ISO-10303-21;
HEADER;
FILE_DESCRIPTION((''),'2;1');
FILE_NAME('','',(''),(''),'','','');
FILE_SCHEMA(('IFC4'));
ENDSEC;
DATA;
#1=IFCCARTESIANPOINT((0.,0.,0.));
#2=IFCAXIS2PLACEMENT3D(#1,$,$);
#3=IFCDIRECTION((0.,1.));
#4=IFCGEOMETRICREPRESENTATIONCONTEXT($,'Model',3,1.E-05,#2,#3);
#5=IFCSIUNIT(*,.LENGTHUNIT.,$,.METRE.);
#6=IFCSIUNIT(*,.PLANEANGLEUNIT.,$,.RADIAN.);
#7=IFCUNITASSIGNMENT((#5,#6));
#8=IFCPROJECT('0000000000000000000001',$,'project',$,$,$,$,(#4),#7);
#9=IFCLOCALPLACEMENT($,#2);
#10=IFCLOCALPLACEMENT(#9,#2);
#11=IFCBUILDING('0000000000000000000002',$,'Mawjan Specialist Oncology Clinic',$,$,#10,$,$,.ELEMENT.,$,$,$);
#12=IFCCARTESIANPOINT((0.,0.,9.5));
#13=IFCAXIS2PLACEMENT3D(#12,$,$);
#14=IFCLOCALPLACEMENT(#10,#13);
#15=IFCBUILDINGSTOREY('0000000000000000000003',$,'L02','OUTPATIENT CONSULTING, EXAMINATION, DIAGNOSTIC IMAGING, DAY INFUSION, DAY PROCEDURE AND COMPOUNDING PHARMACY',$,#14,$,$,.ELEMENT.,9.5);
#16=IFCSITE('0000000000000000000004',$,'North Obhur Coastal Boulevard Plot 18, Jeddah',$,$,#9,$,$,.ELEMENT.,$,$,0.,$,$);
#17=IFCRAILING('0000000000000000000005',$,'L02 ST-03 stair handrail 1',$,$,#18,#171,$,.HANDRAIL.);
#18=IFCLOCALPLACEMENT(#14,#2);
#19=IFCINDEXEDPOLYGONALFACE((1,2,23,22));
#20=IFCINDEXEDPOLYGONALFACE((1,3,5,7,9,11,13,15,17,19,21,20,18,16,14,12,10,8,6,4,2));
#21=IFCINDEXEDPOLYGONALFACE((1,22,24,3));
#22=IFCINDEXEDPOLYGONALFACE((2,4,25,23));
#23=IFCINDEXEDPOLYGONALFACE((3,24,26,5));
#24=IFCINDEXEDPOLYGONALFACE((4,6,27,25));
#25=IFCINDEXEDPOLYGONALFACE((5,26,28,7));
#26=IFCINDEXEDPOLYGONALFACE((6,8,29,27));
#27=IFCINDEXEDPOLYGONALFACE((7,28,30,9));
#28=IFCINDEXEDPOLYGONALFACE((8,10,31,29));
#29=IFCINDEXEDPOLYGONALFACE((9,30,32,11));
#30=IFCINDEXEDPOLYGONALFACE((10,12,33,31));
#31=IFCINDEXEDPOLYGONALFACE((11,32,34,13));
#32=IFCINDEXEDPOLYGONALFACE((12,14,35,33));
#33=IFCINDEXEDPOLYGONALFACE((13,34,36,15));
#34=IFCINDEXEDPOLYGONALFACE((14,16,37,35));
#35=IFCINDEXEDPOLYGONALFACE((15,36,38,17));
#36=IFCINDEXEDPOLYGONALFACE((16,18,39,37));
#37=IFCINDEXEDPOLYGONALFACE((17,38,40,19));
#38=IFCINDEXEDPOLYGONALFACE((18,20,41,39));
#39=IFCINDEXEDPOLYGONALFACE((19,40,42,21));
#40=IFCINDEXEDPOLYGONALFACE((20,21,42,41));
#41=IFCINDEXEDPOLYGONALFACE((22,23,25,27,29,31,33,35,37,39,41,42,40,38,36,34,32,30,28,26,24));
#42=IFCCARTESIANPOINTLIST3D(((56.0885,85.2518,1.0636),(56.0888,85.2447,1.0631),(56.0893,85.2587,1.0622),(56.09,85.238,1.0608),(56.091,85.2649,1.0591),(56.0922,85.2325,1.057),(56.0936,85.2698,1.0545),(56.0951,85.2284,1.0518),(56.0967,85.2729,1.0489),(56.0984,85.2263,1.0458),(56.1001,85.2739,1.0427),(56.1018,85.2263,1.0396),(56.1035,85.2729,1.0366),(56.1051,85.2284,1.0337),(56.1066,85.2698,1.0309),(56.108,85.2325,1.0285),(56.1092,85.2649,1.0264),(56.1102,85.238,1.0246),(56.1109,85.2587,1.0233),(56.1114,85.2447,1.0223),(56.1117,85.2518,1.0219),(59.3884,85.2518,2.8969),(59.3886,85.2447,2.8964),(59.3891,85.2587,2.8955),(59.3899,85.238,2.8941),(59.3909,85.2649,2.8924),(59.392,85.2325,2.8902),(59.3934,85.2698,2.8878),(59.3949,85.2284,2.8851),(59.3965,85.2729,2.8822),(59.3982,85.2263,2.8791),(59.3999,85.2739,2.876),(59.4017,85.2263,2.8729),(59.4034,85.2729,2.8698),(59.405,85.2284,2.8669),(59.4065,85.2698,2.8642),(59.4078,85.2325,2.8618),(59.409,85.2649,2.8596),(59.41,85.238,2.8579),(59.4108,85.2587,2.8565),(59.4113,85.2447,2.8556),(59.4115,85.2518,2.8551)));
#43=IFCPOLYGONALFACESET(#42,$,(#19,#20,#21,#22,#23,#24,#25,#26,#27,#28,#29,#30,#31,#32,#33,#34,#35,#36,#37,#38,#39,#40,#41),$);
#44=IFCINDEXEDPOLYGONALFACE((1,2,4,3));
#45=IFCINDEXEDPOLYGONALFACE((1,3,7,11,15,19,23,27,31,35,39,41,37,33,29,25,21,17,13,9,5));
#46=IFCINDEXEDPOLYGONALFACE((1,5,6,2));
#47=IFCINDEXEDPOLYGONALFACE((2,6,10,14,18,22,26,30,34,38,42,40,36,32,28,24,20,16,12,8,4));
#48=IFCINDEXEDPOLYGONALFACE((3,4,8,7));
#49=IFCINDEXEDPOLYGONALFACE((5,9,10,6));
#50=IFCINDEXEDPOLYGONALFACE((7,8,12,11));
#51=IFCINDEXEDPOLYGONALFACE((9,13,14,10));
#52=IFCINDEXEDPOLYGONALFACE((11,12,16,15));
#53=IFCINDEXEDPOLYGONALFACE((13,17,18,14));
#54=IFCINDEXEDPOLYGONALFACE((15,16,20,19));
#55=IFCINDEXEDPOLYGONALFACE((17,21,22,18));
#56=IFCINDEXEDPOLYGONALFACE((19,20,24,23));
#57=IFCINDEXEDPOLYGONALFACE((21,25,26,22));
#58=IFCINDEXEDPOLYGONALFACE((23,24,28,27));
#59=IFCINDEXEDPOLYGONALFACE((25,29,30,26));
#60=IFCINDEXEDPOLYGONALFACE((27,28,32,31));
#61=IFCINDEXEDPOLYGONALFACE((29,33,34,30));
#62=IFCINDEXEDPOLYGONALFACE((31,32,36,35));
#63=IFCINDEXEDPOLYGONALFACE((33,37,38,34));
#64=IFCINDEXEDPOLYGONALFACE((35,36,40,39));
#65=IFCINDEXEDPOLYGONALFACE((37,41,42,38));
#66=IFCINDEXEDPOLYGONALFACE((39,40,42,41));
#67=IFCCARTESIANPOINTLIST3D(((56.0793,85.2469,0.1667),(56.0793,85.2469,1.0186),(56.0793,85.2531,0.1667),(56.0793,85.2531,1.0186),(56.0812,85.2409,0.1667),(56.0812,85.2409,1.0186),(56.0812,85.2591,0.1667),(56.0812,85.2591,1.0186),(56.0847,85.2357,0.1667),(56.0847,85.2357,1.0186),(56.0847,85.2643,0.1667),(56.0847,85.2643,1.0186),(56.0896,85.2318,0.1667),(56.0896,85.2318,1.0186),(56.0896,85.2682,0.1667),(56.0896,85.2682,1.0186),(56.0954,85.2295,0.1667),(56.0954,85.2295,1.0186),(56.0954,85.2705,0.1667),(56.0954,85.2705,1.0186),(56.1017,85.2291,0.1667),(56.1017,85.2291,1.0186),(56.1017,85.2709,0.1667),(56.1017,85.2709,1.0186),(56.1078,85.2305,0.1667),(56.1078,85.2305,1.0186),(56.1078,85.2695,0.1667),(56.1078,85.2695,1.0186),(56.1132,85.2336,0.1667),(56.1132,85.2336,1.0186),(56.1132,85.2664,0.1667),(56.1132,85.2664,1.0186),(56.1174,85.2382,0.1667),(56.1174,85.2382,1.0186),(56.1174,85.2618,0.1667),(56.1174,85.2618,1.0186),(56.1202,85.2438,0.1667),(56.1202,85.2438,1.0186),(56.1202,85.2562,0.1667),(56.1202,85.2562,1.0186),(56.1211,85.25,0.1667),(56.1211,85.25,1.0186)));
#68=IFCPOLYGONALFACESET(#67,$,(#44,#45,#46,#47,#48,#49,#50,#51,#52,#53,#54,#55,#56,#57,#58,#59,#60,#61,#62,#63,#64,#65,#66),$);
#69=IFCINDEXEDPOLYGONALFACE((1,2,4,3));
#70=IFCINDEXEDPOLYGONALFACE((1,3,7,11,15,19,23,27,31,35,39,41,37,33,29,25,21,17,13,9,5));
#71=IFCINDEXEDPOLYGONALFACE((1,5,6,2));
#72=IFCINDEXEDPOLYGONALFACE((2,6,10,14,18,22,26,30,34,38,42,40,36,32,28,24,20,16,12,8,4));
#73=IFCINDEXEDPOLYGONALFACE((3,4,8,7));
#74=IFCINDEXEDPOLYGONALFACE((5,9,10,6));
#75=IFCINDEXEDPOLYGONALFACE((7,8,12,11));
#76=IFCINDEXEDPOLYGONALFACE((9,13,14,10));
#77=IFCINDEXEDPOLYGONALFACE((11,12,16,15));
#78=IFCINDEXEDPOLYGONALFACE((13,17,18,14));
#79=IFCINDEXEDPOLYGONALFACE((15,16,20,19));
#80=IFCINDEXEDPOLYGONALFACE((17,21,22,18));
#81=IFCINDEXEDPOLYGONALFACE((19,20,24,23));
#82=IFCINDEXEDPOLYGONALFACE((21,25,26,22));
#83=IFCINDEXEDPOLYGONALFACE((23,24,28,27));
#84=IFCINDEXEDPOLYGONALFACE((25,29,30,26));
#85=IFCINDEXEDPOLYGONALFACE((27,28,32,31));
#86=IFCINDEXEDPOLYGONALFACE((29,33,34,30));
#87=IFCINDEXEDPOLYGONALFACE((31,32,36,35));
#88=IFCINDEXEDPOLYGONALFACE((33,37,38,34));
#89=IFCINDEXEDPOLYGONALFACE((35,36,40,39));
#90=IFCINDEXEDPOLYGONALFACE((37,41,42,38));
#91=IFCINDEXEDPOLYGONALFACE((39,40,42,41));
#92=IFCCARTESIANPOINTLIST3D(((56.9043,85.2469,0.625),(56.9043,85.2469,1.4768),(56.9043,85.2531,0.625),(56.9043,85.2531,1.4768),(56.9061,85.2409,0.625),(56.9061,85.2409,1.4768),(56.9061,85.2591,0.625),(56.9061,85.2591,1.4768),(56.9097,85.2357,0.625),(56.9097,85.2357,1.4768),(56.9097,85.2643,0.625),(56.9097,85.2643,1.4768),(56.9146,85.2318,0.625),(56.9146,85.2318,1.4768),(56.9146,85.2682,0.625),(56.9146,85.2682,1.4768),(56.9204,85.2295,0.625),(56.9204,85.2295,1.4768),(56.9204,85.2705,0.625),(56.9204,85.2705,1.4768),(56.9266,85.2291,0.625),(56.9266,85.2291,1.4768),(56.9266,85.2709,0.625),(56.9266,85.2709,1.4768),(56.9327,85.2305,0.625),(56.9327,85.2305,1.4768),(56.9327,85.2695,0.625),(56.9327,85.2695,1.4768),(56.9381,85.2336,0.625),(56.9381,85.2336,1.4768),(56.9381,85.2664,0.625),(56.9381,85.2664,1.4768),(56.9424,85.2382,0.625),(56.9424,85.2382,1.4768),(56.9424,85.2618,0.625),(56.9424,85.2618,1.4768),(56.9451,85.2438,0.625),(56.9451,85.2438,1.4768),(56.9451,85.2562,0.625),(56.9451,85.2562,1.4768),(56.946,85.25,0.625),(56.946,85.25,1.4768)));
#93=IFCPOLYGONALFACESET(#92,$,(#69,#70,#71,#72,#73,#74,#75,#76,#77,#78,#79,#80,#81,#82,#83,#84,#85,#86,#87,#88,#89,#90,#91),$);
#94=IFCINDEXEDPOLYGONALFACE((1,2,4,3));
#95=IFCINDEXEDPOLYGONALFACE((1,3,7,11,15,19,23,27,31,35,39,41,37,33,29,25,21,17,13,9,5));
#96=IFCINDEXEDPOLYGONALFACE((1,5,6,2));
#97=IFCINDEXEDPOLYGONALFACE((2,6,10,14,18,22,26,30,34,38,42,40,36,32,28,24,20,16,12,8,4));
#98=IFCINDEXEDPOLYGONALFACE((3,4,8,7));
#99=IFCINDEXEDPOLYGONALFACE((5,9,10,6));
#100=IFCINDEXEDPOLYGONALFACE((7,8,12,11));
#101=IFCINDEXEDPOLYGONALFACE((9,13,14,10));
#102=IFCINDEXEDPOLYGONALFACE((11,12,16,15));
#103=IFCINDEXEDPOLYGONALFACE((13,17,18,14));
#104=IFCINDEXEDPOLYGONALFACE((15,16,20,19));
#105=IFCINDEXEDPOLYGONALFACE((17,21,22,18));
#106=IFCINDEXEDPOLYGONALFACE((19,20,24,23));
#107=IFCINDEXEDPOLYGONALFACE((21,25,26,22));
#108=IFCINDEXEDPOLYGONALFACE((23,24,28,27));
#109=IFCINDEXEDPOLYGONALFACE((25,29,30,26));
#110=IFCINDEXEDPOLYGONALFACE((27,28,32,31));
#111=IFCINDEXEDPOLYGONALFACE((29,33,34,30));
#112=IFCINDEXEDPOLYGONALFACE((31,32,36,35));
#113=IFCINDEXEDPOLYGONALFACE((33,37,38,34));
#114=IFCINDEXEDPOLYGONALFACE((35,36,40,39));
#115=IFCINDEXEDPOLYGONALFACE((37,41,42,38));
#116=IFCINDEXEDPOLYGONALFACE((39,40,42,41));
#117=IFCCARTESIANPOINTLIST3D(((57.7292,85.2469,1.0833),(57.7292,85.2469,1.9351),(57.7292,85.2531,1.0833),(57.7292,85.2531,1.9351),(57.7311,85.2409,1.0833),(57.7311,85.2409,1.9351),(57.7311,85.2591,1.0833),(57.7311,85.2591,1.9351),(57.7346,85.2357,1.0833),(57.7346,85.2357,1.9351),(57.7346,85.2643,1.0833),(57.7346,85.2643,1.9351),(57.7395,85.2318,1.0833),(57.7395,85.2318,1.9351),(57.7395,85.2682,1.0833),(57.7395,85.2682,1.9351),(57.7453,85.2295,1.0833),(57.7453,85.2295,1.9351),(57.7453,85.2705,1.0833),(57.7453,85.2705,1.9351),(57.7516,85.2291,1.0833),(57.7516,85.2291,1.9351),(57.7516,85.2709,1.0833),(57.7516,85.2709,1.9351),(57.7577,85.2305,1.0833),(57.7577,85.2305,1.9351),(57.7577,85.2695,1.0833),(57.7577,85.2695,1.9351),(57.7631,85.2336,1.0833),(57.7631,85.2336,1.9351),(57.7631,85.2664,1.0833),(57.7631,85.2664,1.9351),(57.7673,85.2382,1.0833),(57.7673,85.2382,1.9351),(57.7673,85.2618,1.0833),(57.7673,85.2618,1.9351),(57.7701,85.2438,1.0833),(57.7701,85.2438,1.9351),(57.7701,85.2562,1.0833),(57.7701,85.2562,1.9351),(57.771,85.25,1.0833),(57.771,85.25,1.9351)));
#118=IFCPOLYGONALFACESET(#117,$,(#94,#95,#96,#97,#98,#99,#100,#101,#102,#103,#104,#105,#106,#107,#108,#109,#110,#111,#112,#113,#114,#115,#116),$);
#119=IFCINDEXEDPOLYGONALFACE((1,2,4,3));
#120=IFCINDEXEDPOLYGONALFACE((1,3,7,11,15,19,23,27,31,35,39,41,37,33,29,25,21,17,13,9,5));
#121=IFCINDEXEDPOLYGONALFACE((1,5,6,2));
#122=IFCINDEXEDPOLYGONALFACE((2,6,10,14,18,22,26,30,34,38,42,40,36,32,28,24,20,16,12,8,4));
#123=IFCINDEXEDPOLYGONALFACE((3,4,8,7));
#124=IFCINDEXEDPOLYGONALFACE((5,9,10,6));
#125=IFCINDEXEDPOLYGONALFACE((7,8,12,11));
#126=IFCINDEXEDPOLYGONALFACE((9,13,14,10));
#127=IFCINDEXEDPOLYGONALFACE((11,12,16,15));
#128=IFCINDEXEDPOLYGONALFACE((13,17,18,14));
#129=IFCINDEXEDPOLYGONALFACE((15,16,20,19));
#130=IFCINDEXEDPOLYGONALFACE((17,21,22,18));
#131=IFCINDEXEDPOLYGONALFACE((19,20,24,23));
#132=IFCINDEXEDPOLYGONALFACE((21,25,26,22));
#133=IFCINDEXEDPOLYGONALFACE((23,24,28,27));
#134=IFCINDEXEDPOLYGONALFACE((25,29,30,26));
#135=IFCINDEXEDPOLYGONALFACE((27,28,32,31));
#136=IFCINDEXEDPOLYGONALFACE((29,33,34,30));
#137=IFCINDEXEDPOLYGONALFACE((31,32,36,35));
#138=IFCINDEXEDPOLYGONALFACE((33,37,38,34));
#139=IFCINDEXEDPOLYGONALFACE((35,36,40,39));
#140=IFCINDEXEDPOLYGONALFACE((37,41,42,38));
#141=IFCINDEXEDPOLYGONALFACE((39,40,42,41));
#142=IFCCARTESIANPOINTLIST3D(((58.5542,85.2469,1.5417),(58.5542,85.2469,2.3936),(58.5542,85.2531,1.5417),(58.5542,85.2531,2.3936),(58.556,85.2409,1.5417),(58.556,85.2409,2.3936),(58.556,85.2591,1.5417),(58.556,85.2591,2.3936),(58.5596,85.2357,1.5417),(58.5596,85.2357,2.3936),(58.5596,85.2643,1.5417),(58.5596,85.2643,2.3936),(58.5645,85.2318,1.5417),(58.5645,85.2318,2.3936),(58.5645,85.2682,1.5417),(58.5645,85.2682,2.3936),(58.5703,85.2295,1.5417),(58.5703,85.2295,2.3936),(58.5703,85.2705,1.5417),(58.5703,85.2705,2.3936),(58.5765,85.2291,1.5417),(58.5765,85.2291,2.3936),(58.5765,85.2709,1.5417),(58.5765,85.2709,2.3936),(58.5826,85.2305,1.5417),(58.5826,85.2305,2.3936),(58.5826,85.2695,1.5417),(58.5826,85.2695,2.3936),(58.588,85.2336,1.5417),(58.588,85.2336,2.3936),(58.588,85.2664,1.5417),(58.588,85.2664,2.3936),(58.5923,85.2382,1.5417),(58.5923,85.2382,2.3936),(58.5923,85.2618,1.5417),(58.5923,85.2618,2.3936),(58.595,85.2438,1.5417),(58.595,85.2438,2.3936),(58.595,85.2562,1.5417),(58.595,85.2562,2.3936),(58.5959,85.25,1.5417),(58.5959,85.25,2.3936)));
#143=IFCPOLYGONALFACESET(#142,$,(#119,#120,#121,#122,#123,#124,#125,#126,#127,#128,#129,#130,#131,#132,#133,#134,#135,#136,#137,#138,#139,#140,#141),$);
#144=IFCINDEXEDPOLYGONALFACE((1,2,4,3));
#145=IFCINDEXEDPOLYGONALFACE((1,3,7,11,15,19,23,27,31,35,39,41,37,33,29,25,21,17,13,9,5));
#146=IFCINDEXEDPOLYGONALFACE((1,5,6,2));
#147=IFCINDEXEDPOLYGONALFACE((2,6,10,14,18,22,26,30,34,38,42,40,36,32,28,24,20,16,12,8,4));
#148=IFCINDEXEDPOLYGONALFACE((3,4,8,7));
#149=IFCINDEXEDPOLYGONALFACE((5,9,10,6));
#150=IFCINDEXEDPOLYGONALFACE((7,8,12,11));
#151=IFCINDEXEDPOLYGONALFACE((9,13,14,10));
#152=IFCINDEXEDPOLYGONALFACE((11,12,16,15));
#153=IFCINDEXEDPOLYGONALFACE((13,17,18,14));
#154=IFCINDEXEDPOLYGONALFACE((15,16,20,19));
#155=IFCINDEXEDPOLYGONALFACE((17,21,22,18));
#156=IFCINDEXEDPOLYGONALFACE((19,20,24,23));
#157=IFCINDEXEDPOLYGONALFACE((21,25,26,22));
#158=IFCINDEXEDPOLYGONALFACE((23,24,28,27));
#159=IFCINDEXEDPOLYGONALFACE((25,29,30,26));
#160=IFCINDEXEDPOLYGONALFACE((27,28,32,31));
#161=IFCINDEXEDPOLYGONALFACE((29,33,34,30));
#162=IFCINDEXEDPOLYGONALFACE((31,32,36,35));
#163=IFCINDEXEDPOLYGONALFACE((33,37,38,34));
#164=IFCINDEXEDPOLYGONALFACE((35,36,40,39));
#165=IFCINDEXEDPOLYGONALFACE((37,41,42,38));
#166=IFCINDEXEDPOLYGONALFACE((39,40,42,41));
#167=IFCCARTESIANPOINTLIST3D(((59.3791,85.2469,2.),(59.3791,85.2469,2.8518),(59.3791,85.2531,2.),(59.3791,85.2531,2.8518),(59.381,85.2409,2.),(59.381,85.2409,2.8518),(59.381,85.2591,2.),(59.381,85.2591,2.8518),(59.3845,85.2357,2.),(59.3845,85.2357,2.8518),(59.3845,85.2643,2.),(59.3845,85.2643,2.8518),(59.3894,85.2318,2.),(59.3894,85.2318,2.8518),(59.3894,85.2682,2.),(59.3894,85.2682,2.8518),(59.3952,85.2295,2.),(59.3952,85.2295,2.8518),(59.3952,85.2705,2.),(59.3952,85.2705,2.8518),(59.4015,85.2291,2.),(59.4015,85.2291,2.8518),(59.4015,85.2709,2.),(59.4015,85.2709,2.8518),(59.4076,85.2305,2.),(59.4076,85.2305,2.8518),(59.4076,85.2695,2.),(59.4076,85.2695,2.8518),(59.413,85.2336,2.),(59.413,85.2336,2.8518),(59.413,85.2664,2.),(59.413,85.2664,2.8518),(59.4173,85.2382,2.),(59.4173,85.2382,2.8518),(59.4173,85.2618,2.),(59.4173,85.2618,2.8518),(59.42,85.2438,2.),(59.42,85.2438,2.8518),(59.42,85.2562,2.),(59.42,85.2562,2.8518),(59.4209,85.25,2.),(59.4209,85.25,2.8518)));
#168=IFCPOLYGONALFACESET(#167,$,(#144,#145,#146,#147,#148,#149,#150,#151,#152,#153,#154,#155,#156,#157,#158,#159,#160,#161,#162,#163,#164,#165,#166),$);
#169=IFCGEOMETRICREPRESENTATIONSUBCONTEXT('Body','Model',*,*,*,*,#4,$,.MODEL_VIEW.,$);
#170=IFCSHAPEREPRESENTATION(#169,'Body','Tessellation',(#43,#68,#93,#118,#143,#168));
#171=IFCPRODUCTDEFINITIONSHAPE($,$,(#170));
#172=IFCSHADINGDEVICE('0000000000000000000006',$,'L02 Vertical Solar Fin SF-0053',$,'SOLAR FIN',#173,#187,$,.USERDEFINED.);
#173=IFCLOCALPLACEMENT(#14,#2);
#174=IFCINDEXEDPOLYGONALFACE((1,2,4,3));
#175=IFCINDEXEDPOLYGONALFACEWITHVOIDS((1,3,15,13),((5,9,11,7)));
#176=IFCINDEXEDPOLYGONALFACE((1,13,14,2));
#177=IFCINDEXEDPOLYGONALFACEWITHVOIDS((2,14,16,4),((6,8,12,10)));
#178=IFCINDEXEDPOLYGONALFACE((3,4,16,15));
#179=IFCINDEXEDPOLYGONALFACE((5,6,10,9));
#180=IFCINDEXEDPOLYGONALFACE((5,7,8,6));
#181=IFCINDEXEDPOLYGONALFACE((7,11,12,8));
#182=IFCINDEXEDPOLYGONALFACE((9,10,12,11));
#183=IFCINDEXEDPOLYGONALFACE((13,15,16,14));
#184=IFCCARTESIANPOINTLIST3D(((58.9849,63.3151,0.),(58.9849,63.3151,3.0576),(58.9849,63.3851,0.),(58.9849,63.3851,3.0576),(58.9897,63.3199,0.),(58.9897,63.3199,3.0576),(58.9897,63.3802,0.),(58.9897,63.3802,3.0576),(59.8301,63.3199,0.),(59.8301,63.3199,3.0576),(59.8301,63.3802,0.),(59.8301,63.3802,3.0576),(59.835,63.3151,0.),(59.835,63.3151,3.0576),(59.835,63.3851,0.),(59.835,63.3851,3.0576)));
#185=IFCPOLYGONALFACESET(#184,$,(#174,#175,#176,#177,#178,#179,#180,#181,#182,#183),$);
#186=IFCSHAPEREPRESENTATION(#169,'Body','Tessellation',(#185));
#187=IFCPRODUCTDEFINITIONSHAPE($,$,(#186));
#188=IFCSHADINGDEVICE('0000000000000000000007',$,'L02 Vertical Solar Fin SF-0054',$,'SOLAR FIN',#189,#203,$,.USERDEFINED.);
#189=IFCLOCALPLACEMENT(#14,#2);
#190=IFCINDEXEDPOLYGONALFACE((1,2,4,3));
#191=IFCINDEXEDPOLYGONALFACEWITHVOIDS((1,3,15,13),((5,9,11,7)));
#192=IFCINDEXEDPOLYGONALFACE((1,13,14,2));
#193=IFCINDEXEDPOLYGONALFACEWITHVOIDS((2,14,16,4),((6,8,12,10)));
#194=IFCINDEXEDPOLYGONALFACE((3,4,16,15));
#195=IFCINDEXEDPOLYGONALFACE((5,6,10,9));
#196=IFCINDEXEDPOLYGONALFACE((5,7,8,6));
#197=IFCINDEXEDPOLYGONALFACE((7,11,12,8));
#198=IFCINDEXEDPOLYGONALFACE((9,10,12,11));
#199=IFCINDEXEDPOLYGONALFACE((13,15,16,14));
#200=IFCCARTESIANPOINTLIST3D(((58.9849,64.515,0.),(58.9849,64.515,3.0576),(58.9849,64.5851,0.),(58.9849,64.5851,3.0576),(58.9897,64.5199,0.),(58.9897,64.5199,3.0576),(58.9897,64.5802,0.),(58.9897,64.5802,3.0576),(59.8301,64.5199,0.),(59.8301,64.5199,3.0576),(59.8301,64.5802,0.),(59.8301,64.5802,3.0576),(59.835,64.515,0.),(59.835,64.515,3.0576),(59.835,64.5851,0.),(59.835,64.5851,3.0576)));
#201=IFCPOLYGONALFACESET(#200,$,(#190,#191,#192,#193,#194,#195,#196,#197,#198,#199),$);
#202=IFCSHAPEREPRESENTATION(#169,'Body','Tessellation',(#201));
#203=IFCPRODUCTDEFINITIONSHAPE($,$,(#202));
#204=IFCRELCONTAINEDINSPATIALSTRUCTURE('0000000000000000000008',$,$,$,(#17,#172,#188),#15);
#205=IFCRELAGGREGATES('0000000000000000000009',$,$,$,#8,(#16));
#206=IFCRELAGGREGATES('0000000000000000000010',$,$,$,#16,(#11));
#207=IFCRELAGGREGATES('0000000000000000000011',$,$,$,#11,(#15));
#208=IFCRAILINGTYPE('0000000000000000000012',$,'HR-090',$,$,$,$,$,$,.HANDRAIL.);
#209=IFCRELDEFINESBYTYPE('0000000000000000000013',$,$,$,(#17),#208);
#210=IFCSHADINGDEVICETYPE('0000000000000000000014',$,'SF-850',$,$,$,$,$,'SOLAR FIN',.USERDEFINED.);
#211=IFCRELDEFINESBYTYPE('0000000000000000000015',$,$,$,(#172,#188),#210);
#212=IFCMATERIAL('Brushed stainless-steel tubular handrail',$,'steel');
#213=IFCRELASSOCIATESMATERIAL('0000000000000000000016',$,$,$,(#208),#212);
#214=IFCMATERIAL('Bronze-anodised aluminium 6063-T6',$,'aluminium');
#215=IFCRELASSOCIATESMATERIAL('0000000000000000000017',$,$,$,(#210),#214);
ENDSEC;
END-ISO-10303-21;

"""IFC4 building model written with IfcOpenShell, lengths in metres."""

from ifc_helpers import new_model, si_unit, direction, frame, origin, origin_2d, place, context, subcontext, project, spatial, hollow_rectangle, circle, extrude, material, material_profile, profile_set, type_object, element, save


model = new_model("IFC4")

# Units and contexts
model_context = context("Model", 3, precision=1e-05, world=origin(), true_north=direction((0.0, 1.0)))
body_context = subcontext(model_context, "Body", "Model", "MODEL_VIEW")
ifc_project = project(units=[si_unit("LENGTHUNIT", "METRE"), si_unit("PLANEANGLEUNIT", "RADIAN")], contexts=[model_context])

# Site, building, storey
site_placement = place(None, origin())
site = spatial("IfcSite", under=ifc_project, at=site_placement, Name="North Obhur Coastal Boulevard Plot 18, Jeddah", CompositionType="ELEMENT", RefElevation=0.0)
building_placement = place(site_placement, origin())
building = spatial("IfcBuilding", under=site, at=building_placement, Name="Mawjan Specialist Oncology Clinic", CompositionType="ELEMENT")
storey_placement = place(building_placement, frame((0.0, 0.0, 9.5)))
storey = spatial("IfcBuildingStorey", under=building, at=storey_placement, Name="L02", Description="OUTPATIENT CONSULTING, EXAMINATION, DIAGNOSTIC IMAGING, DAY INFUSION, DAY PROCEDURE AND COMPOUNDING PHARMACY", CompositionType="ELEMENT", Elevation=9.5)

# Railing
ifc_material_1 = material(Name="Brushed stainless-steel tubular handrail", Category="steel")
railing_type_1 = type_object("IfcRailingType", Name="HR-090", PredefinedType="HANDRAIL", material=ifc_material_1)
railing_1_placement = place(storey_placement, frame((56.1001, 85.25, 0.1667)))
element("IfcRailing", 1, at=railing_1_placement, inside=storey, type_object=railing_type_1, Name="L02 ST-03 stair handrail 1", PredefinedType="HANDRAIL", context=body_context, shape_type="SweptSolid", body=[
    extrude(circle(Radius=0.0239, at=origin_2d()), frame((0.0, 0.0, 0.876), z_axis=(0.874154, 0.0, 0.485648), x_axis=(0.0, 1.0, 0.0)), (0.0, 0.0, 1.0), 3.7749),
    extrude(circle(Radius=0.021, at=origin_2d()), origin(), (0.0, 0.0, 1.0), 0.8518),
    extrude(circle(Radius=0.021, at=origin_2d()), frame((0.825, 0.0, 0.4583)), (0.0, 0.0, 1.0), 0.8518),
    extrude(circle(Radius=0.021, at=origin_2d()), frame((1.6499, 0.0, 0.9165)), (0.0, 0.0, 1.0), 0.8518),
    extrude(circle(Radius=0.021, at=origin_2d()), frame((2.4749, 0.0, 1.375)), (0.0, 0.0, 1.0), 0.8518),
    extrude(circle(Radius=0.021, at=origin_2d()), frame((3.2998, 0.0, 1.8333)), (0.0, 0.0, 1.0), 0.8518),
])

# Shading devices
ifc_material_2 = material(Name="Bronze-anodised aluminium 6063-T6", Category="aluminium")
ifc_material_profile_1 = material_profile(ifc_material_2, hollow_rectangle(XDim=0.0701, YDim=0.8501, WallThickness=0.0049, at=origin_2d()), Name="FIN 850x70x5", Category="aluminium")
ifc_profile_set_1 = profile_set([ifc_material_profile_1], Name="Bronze-anodised aluminium 6063-T6")
shading_device_type = type_object("IfcShadingDeviceType", Name="SF-850", ElementType="SOLAR FIN", PredefinedType="USERDEFINED", material=ifc_profile_set_1)
for number, where, z_axis, x_axis, name in (
    (2, (59.4099, 63.3501, 0.0), (0.0, 0.0, 1.0), (0.0, 1.0, 0.0), "L02 Vertical Solar Fin SF-0053"),
    (3, (59.4099, 64.55, 0.0), (0.0, 0.0, 1.0), (0.0, 1.0, 0.0), "L02 Vertical Solar Fin SF-0054"),
):
    element("IfcShadingDevice", number, at=place(storey_placement, frame(where, z_axis=z_axis, x_axis=x_axis)), inside=storey, type_object=shading_device_type, Name=name, ObjectType="SOLAR FIN", PredefinedType="USERDEFINED", context=body_context, shape_type="SweptSolid", body=[
        extrude(hollow_rectangle(XDim=0.0701, YDim=0.8501, WallThickness=0.0049, at=origin_2d()), origin(), (0.0, 0.0, 1.0), 3.0576),
    ])

save(model, "model.ifc")
